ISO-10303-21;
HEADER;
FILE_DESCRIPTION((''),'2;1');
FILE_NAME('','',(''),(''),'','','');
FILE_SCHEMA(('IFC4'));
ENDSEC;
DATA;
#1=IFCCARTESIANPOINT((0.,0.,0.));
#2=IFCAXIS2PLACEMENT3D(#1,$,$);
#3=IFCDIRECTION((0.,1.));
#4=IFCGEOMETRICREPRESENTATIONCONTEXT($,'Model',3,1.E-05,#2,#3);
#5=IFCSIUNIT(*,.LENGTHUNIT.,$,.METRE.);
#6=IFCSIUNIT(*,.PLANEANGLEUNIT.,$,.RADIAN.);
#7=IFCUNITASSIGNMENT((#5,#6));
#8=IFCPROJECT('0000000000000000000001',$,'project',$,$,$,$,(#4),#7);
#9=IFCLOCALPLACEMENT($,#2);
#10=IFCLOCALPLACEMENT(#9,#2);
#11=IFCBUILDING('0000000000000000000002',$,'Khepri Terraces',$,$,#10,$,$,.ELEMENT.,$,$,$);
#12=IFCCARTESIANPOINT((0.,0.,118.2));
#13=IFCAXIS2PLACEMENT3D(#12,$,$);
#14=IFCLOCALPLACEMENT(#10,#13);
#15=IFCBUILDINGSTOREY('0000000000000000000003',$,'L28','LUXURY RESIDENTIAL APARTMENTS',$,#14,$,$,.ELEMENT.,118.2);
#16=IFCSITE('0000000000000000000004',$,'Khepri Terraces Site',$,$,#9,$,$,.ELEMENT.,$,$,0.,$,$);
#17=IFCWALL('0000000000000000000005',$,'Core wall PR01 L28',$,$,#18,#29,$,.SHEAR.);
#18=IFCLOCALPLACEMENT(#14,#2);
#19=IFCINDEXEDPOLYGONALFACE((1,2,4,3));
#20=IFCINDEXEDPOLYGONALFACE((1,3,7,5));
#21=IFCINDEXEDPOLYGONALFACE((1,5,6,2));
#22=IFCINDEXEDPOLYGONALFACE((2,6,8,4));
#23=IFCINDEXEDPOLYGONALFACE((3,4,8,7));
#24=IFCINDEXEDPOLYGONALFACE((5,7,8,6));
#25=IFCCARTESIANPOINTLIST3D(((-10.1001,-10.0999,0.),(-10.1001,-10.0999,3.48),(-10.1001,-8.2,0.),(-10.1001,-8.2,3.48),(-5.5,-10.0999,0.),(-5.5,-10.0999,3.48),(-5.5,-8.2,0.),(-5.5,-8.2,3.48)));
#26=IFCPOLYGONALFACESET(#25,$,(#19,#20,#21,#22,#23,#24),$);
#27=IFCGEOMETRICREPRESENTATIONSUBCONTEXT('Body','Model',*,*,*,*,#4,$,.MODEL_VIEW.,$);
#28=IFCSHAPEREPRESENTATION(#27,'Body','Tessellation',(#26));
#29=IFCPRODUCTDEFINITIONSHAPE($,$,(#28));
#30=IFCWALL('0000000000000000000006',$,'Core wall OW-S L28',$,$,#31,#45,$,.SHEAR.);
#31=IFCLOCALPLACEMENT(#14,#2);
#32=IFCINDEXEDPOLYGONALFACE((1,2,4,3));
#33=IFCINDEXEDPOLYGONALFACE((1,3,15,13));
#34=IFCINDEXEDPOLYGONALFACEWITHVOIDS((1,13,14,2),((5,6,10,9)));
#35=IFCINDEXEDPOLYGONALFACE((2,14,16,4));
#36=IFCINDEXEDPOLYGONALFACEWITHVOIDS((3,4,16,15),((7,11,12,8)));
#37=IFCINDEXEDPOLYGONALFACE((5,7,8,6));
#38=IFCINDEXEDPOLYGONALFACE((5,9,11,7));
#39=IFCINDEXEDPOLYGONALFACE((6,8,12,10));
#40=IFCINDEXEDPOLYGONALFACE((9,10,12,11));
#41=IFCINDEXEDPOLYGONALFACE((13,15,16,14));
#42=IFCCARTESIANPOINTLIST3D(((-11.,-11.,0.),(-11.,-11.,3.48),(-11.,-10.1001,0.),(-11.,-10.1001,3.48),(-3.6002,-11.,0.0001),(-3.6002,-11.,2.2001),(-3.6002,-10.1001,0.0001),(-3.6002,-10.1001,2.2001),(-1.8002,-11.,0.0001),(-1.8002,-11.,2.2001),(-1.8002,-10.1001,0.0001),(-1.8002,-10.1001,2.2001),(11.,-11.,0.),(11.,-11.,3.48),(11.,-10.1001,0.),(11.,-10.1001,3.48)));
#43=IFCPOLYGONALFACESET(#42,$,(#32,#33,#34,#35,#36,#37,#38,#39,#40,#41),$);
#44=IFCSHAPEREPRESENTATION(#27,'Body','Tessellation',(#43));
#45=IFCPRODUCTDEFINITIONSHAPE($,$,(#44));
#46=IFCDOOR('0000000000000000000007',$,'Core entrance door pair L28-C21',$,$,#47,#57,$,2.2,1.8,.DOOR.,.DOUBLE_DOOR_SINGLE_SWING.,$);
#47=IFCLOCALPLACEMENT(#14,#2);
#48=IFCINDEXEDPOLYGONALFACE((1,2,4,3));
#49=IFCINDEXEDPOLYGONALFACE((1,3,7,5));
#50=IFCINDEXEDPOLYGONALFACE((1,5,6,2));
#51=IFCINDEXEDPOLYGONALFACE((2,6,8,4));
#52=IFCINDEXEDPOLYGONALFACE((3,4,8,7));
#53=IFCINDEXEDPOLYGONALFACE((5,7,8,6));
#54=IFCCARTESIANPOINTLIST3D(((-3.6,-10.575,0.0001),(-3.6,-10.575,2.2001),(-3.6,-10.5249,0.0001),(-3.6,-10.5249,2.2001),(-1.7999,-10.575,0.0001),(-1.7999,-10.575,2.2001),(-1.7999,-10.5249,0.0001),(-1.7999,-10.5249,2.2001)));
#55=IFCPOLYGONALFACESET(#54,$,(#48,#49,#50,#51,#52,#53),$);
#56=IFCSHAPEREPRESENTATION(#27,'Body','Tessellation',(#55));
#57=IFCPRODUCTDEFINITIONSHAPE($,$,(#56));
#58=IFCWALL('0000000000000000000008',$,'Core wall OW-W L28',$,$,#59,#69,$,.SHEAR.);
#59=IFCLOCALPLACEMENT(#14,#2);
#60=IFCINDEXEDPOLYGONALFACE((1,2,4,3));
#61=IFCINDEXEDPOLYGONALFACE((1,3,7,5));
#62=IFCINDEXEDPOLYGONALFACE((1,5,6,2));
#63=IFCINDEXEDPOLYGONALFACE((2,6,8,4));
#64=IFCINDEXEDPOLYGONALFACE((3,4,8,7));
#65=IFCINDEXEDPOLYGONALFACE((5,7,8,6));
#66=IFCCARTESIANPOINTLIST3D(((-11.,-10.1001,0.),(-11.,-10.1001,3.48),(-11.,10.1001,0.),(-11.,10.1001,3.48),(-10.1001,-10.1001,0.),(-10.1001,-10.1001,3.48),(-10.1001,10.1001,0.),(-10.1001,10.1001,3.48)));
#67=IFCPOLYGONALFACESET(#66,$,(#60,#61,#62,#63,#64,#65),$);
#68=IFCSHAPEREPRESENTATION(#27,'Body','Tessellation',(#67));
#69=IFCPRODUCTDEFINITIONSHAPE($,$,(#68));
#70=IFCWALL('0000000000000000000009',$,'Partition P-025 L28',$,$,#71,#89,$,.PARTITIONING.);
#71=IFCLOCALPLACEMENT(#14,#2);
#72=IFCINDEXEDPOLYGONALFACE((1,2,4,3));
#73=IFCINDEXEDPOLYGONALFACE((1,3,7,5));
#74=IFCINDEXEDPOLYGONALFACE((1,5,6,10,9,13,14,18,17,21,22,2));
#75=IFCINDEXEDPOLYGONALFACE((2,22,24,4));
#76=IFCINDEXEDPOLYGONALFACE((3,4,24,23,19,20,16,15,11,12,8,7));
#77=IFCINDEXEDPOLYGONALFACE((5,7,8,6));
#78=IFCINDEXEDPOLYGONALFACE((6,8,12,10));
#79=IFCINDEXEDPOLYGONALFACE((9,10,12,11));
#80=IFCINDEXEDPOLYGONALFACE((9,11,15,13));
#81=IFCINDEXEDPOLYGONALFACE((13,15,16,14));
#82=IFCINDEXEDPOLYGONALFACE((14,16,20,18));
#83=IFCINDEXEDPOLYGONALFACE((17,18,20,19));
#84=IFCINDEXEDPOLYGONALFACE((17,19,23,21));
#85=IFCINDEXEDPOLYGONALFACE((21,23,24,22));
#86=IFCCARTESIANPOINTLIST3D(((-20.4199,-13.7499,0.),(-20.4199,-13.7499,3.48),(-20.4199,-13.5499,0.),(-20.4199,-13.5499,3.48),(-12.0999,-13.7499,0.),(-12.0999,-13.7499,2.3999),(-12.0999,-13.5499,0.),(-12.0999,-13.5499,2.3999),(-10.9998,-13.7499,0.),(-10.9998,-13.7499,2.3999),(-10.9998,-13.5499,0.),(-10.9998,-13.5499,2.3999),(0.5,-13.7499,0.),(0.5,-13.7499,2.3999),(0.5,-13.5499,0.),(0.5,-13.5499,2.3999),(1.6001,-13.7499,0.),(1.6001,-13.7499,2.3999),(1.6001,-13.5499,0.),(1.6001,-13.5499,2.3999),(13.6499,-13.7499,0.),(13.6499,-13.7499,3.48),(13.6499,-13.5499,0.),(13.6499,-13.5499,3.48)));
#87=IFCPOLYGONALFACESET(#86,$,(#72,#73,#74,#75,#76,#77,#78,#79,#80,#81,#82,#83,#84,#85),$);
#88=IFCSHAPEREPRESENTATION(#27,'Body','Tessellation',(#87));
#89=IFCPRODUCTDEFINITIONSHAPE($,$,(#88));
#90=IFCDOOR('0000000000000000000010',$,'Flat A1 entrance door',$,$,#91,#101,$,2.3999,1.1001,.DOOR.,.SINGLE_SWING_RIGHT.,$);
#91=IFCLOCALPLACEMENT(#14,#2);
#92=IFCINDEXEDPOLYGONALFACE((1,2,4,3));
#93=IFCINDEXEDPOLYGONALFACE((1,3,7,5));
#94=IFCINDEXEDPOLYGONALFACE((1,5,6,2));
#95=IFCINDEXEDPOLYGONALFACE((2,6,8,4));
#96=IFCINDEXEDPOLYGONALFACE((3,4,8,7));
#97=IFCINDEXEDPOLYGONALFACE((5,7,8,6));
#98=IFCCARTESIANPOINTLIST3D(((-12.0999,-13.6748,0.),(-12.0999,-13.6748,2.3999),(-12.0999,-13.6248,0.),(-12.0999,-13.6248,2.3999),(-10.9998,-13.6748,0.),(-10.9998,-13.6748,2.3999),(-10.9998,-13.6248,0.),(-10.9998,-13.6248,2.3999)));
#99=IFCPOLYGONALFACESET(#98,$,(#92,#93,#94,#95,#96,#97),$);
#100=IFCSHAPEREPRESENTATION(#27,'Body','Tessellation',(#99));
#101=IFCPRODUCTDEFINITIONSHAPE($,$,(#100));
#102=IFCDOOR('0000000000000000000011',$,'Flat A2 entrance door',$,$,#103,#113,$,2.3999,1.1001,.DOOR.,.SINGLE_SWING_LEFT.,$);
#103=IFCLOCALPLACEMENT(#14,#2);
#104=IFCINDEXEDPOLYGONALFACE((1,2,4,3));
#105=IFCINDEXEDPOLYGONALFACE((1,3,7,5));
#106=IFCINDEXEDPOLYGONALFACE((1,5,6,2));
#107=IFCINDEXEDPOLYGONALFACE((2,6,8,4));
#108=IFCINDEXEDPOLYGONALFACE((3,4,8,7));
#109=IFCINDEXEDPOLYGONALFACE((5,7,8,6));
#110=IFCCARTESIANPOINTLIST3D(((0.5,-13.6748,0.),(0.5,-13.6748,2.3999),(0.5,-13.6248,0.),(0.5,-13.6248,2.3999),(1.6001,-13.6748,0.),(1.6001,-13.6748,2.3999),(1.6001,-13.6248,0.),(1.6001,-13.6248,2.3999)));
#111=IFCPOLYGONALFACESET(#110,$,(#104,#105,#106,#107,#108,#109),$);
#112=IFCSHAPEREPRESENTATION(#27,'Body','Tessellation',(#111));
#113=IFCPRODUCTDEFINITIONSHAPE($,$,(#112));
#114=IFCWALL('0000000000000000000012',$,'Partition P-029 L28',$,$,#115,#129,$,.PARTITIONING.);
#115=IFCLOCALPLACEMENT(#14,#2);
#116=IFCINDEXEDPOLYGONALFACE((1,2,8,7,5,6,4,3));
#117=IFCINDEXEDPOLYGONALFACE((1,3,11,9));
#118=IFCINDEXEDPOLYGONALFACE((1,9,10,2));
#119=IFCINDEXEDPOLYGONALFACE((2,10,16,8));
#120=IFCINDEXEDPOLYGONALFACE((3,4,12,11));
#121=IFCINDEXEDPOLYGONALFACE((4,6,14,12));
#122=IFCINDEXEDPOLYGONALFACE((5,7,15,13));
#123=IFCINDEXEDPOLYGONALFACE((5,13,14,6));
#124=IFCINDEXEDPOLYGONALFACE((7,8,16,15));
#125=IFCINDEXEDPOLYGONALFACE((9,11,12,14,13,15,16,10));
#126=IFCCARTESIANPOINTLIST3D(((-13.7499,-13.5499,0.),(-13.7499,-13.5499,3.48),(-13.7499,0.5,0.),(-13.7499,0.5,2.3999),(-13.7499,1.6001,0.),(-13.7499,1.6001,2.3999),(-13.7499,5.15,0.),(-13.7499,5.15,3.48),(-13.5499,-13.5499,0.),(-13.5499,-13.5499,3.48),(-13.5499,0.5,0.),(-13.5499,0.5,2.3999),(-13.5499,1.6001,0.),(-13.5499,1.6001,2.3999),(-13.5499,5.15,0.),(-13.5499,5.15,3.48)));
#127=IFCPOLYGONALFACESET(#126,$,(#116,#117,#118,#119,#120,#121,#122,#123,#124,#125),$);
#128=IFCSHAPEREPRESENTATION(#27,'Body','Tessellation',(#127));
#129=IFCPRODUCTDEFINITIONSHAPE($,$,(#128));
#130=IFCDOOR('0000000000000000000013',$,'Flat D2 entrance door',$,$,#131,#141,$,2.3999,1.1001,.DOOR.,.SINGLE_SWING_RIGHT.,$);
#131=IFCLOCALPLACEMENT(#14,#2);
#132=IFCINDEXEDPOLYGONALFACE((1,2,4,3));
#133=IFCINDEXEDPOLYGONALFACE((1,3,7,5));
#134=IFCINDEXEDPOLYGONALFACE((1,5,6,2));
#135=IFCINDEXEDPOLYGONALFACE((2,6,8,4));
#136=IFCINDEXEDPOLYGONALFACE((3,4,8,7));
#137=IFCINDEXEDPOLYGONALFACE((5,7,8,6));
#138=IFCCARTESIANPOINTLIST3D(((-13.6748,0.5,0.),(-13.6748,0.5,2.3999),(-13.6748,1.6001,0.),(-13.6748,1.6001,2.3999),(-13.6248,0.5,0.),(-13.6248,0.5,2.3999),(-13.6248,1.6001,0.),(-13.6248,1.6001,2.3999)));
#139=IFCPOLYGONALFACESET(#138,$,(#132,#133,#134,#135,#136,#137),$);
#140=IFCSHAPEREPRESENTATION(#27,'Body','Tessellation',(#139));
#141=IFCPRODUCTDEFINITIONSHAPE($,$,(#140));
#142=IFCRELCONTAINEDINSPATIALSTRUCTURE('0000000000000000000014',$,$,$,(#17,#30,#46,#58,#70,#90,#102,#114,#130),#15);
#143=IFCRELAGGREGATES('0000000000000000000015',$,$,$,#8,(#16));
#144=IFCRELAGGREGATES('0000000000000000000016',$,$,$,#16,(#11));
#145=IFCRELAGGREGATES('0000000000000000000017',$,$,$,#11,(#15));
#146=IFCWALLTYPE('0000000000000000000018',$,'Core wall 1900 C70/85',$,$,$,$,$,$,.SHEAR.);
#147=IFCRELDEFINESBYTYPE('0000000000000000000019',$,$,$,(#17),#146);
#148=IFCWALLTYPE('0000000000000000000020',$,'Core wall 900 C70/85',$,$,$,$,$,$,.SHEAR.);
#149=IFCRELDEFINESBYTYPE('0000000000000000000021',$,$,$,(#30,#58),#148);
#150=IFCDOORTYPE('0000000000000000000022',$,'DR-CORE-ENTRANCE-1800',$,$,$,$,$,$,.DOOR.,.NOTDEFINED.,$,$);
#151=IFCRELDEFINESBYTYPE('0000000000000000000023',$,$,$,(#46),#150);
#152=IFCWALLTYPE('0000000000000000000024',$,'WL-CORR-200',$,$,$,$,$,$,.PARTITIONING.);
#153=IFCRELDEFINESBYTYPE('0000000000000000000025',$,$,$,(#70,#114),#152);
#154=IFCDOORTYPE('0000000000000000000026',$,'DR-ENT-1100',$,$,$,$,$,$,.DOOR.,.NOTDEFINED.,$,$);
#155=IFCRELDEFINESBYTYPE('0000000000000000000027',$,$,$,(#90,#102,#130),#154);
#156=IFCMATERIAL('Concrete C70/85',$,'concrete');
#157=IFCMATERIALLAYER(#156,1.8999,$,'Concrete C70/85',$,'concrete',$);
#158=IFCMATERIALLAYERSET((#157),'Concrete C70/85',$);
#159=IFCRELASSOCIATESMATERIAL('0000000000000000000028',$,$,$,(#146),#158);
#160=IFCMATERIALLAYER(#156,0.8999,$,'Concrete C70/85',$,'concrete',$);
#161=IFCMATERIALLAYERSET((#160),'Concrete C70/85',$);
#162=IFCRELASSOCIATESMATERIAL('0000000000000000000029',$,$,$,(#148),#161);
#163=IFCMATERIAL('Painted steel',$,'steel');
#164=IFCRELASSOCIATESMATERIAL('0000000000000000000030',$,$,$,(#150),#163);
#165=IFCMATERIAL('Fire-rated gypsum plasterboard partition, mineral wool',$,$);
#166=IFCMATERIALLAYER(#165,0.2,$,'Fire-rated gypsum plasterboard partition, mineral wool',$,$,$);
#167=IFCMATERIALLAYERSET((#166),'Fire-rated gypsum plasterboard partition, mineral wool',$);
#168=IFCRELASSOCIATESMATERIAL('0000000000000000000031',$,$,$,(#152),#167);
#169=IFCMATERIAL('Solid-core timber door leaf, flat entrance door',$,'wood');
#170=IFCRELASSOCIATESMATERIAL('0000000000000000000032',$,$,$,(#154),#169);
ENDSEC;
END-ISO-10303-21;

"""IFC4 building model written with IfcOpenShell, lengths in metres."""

from ifc_helpers import new_model, si_unit, direction, frame, frame_2d, origin, place, context, subcontext, project, spatial, rectangle, extrude, material, layer, layer_set, type_object, element, fill, save


model = new_model("IFC4")

# Units and contexts
model_context = context("Model", 3, precision=1e-05, world=origin(), true_north=direction((0.0, 1.0)))
body_context = subcontext(model_context, "Body", "Model", "MODEL_VIEW")
ifc_project = project(units=[si_unit("LENGTHUNIT", "METRE"), si_unit("PLANEANGLEUNIT", "RADIAN")], contexts=[model_context])

# Site, building, storey
site_placement = place(None, origin())
site = spatial("IfcSite", under=ifc_project, at=site_placement, Name="Khepri Terraces Site", CompositionType="ELEMENT", RefElevation=0.0)
building_placement = place(site_placement, origin())
building = spatial("IfcBuilding", under=site, at=building_placement, Name="Khepri Terraces", CompositionType="ELEMENT")
storey_placement = place(building_placement, frame((0.0, 0.0, 118.2)))
storey = spatial("IfcBuildingStorey", under=building, at=storey_placement, Name="L28", Description="LUXURY RESIDENTIAL APARTMENTS", CompositionType="ELEMENT", Elevation=118.2)

# Wall
ifc_material_1 = material(Name="Concrete C70/85", Category="concrete")
ifc_layer_1 = layer(ifc_material_1, 1.8999, Name="Concrete C70/85", Category="concrete")
ifc_layer_set_1 = layer_set([ifc_layer_1], Name="Concrete C70/85")
wall_type_1 = type_object("IfcWallType", Name="Core wall 1900 C70/85", PredefinedType="SHEAR", material=ifc_layer_set_1)
wall_1_placement = place(storey_placement, frame((-10.1001, -9.1499, 0.0), z_axis=(0.0, 0.0, 1.0), x_axis=(1.0, 0.0, 0.0)))
element("IfcWall", 1, at=wall_1_placement, inside=storey, type_object=wall_type_1, Name="Core wall PR01 L28", PredefinedType="SHEAR", context=body_context, shape_type="SweptSolid", body=[
    extrude(rectangle(XDim=4.6001, YDim=1.8999, at=frame_2d((2.3, 0.0))), origin(), (0.0, 0.0, 1.0), 3.48),
])

# Wall, opening, door
ifc_layer_2 = layer(ifc_material_1, 0.8999, Name="Concrete C70/85", Category="concrete")
ifc_layer_set_2 = layer_set([ifc_layer_2], Name="Concrete C70/85")
wall_type_2 = type_object("IfcWallType", Name="Core wall 900 C70/85", PredefinedType="SHEAR", material=ifc_layer_set_2)
wall_2_placement = place(storey_placement, frame((-11.0, -10.55, 0.0), z_axis=(0.0, 0.0, 1.0), x_axis=(1.0, 0.0, 0.0)))
wall_2 = element("IfcWall", 2, at=wall_2_placement, inside=storey, type_object=wall_type_2, Name="Core wall OW-S L28", PredefinedType="SHEAR", context=body_context, shape_type="SweptSolid", body=[
    extrude(rectangle(XDim=22.0, YDim=0.8999, at=frame_2d((11.0, 0.0))), origin(), (0.0, 0.0, 1.0), 3.48),
])
opening_1_placement = place(wall_2_placement, frame((7.3999, 0.0, 0.0)))
opening_1 = element("IfcOpeningElement", 3, at=opening_1_placement, cuts=wall_2, PredefinedType="OPENING", context=body_context, shape_type="SweptSolid", body=[
    extrude(rectangle(XDim=1.8, YDim=2.2, at=frame_2d((0.8999, 1.1001))), frame((0.0, 0.46, 0.0), z_axis=(0.0, -1.0, 0.0), x_axis=(1.0, 0.0, 0.0)), (0.0, 0.0, 1.0), 0.9199),
])
ifc_material_2 = material(Name="Painted steel", Category="steel")
door_type_1 = type_object("IfcDoorType", Name="DR-CORE-ENTRANCE-1800", OperationType="NOTDEFINED", PredefinedType="DOOR", material=ifc_material_2)
door_1_placement = place(opening_1_placement, frame((1.8, 0.0, 0.0), z_axis=(0.0, 0.0, 1.0), x_axis=(-1.0, 0.0, 0.0)))
door_1 = element("IfcDoor", 4, at=door_1_placement, inside=storey, type_object=door_type_1, Name="Core entrance door pair L28-C21", OperationType="DOUBLE_DOOR_SINGLE_SWING", OverallHeight=2.2, OverallWidth=1.8, PredefinedType="DOOR", context=body_context, shape_type="SweptSolid", body=[
    extrude(rectangle(XDim=1.8, YDim=2.2, at=frame_2d((0.8999, 1.1001))), frame((0.0, 0.0249, 0.0), z_axis=(0.0, -1.0, 0.0), x_axis=(1.0, 0.0, 0.0)), (0.0, 0.0, 1.0), 0.05),
])
fill(opening_1, door_1)

# Wall
wall_3_placement = place(storey_placement, frame((-10.55, -10.1001, 0.0), z_axis=(0.0, 0.0, 1.0), x_axis=(0.0, 1.0, 0.0)))
element("IfcWall", 5, at=wall_3_placement, inside=storey, type_object=wall_type_2, Name="Core wall OW-W L28", PredefinedType="SHEAR", context=body_context, shape_type="SweptSolid", body=[
    extrude(rectangle(XDim=20.2002, YDim=0.8999, at=frame_2d((10.1001, 0.0))), origin(), (0.0, 0.0, 1.0), 3.48),
])

# Wall, openings, doors
ifc_material_3 = material(Name="Fire-rated gypsum plasterboard partition, mineral wool")
ifc_layer_3 = layer(ifc_material_3, 0.2, Name="Fire-rated gypsum plasterboard partition, mineral wool")
ifc_layer_set_3 = layer_set([ifc_layer_3], Name="Fire-rated gypsum plasterboard partition, mineral wool")
wall_type_3 = type_object("IfcWallType", Name="WL-CORR-200", PredefinedType="PARTITIONING", material=ifc_layer_set_3)
wall_4_placement = place(storey_placement, frame((-20.4199, -13.6499, 0.0), z_axis=(0.0, 0.0, 1.0), x_axis=(1.0, 0.0, 0.0)))
wall_4 = element("IfcWall", 6, at=wall_4_placement, inside=storey, type_object=wall_type_3, Name="Partition P-025 L28", PredefinedType="PARTITIONING", context=body_context, shape_type="SweptSolid", body=[
    extrude(rectangle(XDim=34.0698, YDim=0.2, at=frame_2d((17.0349, 0.0))), origin(), (0.0, 0.0, 1.0), 3.48),
])
opening_2_placement = place(wall_4_placement, frame((8.3201, 0.0, 0.0)))
opening_2 = element("IfcOpeningElement", 7, at=opening_2_placement, cuts=wall_4, PredefinedType="OPENING", context=body_context, shape_type="SweptSolid", body=[
    extrude(rectangle(XDim=1.1001, YDim=2.3999, at=frame_2d((0.55, 1.2))), frame((0.0, 0.1099, 0.0), z_axis=(0.0, -1.0, 0.0), x_axis=(1.0, 0.0, 0.0)), (0.0, 0.0, 1.0), 0.22),
])
opening_3_placement = place(wall_4_placement, frame((20.9199, 0.0, 0.0)))
opening_3 = element("IfcOpeningElement", 8, at=opening_3_placement, cuts=wall_4, PredefinedType="OPENING", context=body_context, shape_type="SweptSolid", body=[
    extrude(rectangle(XDim=1.1001, YDim=2.3999, at=frame_2d((0.55, 1.2))), frame((0.0, 0.1099, 0.0), z_axis=(0.0, -1.0, 0.0), x_axis=(1.0, 0.0, 0.0)), (0.0, 0.0, 1.0), 0.22),
])
ifc_material_4 = material(Name="Solid-core timber door leaf, flat entrance door", Category="wood")
door_type_2 = type_object("IfcDoorType", Name="DR-ENT-1100", OperationType="NOTDEFINED", PredefinedType="DOOR", material=ifc_material_4)
door_2_placement = place(opening_2_placement, frame((1.1001, 0.0, 0.0), z_axis=(0.0, 0.0, 1.0), x_axis=(-1.0, 0.0, 0.0)))
door_2 = element("IfcDoor", 9, at=door_2_placement, inside=storey, type_object=door_type_2, Name="Flat A1 entrance door", OperationType="SINGLE_SWING_RIGHT", OverallHeight=2.3999, OverallWidth=1.1001, PredefinedType="DOOR", context=body_context, shape_type="SweptSolid", body=[
    extrude(rectangle(XDim=1.1001, YDim=2.3999, at=frame_2d((0.55, 1.2))), frame((0.0, 0.0249, 0.0), z_axis=(0.0, -1.0, 0.0), x_axis=(1.0, 0.0, 0.0)), (0.0, 0.0, 1.0), 0.05),
])
fill(opening_2, door_2)
door_3_placement = place(opening_3_placement, frame((1.1001, 0.0, 0.0), z_axis=(0.0, 0.0, 1.0), x_axis=(-1.0, 0.0, 0.0)))
door_3 = element("IfcDoor", 10, at=door_3_placement, inside=storey, type_object=door_type_2, Name="Flat A2 entrance door", OperationType="SINGLE_SWING_LEFT", OverallHeight=2.3999, OverallWidth=1.1001, PredefinedType="DOOR", context=body_context, shape_type="SweptSolid", body=[
    extrude(rectangle(XDim=1.1001, YDim=2.3999, at=frame_2d((0.55, 1.2))), frame((0.0, 0.0249, 0.0), z_axis=(0.0, -1.0, 0.0), x_axis=(1.0, 0.0, 0.0)), (0.0, 0.0, 1.0), 0.05),
])
fill(opening_3, door_3)

# Wall, opening, door
wall_5_placement = place(storey_placement, frame((-13.6499, -13.55, 0.0), z_axis=(0.0, 0.0, 1.0), x_axis=(0.0, 1.0, 0.0)))
wall_5 = element("IfcWall", 11, at=wall_5_placement, inside=storey, type_object=wall_type_3, Name="Partition P-029 L28", PredefinedType="PARTITIONING", context=body_context, shape_type="SweptSolid", body=[
    extrude(rectangle(XDim=18.7, YDim=0.2, at=frame_2d((9.3501, 0.0))), origin(), (0.0, 0.0, 1.0), 3.48),
])
opening_4_placement = place(wall_5_placement, frame((14.05, 0.0, 0.0)))
opening_4 = element("IfcOpeningElement", 12, at=opening_4_placement, cuts=wall_5, PredefinedType="OPENING", context=body_context, shape_type="SweptSolid", body=[
    extrude(rectangle(XDim=1.1001, YDim=2.3999, at=frame_2d((0.55, 1.2))), frame((0.0, 0.1099, 0.0), z_axis=(0.0, -1.0, 0.0), x_axis=(1.0, 0.0, 0.0)), (0.0, 0.0, 1.0), 0.22),
])
door_4_placement = place(opening_4_placement, origin())
door_4 = element("IfcDoor", 13, at=door_4_placement, inside=storey, type_object=door_type_2, Name="Flat D2 entrance door", OperationType="SINGLE_SWING_RIGHT", OverallHeight=2.3999, OverallWidth=1.1001, PredefinedType="DOOR", context=body_context, shape_type="SweptSolid", body=[
    extrude(rectangle(XDim=1.1001, YDim=2.3999, at=frame_2d((0.55, 1.2))), frame((0.0, 0.0249, 0.0), z_axis=(0.0, -1.0, 0.0), x_axis=(1.0, 0.0, 0.0)), (0.0, 0.0, 1.0), 0.05),
])
fill(opening_4, door_4)

save(model, "model.ifc")
